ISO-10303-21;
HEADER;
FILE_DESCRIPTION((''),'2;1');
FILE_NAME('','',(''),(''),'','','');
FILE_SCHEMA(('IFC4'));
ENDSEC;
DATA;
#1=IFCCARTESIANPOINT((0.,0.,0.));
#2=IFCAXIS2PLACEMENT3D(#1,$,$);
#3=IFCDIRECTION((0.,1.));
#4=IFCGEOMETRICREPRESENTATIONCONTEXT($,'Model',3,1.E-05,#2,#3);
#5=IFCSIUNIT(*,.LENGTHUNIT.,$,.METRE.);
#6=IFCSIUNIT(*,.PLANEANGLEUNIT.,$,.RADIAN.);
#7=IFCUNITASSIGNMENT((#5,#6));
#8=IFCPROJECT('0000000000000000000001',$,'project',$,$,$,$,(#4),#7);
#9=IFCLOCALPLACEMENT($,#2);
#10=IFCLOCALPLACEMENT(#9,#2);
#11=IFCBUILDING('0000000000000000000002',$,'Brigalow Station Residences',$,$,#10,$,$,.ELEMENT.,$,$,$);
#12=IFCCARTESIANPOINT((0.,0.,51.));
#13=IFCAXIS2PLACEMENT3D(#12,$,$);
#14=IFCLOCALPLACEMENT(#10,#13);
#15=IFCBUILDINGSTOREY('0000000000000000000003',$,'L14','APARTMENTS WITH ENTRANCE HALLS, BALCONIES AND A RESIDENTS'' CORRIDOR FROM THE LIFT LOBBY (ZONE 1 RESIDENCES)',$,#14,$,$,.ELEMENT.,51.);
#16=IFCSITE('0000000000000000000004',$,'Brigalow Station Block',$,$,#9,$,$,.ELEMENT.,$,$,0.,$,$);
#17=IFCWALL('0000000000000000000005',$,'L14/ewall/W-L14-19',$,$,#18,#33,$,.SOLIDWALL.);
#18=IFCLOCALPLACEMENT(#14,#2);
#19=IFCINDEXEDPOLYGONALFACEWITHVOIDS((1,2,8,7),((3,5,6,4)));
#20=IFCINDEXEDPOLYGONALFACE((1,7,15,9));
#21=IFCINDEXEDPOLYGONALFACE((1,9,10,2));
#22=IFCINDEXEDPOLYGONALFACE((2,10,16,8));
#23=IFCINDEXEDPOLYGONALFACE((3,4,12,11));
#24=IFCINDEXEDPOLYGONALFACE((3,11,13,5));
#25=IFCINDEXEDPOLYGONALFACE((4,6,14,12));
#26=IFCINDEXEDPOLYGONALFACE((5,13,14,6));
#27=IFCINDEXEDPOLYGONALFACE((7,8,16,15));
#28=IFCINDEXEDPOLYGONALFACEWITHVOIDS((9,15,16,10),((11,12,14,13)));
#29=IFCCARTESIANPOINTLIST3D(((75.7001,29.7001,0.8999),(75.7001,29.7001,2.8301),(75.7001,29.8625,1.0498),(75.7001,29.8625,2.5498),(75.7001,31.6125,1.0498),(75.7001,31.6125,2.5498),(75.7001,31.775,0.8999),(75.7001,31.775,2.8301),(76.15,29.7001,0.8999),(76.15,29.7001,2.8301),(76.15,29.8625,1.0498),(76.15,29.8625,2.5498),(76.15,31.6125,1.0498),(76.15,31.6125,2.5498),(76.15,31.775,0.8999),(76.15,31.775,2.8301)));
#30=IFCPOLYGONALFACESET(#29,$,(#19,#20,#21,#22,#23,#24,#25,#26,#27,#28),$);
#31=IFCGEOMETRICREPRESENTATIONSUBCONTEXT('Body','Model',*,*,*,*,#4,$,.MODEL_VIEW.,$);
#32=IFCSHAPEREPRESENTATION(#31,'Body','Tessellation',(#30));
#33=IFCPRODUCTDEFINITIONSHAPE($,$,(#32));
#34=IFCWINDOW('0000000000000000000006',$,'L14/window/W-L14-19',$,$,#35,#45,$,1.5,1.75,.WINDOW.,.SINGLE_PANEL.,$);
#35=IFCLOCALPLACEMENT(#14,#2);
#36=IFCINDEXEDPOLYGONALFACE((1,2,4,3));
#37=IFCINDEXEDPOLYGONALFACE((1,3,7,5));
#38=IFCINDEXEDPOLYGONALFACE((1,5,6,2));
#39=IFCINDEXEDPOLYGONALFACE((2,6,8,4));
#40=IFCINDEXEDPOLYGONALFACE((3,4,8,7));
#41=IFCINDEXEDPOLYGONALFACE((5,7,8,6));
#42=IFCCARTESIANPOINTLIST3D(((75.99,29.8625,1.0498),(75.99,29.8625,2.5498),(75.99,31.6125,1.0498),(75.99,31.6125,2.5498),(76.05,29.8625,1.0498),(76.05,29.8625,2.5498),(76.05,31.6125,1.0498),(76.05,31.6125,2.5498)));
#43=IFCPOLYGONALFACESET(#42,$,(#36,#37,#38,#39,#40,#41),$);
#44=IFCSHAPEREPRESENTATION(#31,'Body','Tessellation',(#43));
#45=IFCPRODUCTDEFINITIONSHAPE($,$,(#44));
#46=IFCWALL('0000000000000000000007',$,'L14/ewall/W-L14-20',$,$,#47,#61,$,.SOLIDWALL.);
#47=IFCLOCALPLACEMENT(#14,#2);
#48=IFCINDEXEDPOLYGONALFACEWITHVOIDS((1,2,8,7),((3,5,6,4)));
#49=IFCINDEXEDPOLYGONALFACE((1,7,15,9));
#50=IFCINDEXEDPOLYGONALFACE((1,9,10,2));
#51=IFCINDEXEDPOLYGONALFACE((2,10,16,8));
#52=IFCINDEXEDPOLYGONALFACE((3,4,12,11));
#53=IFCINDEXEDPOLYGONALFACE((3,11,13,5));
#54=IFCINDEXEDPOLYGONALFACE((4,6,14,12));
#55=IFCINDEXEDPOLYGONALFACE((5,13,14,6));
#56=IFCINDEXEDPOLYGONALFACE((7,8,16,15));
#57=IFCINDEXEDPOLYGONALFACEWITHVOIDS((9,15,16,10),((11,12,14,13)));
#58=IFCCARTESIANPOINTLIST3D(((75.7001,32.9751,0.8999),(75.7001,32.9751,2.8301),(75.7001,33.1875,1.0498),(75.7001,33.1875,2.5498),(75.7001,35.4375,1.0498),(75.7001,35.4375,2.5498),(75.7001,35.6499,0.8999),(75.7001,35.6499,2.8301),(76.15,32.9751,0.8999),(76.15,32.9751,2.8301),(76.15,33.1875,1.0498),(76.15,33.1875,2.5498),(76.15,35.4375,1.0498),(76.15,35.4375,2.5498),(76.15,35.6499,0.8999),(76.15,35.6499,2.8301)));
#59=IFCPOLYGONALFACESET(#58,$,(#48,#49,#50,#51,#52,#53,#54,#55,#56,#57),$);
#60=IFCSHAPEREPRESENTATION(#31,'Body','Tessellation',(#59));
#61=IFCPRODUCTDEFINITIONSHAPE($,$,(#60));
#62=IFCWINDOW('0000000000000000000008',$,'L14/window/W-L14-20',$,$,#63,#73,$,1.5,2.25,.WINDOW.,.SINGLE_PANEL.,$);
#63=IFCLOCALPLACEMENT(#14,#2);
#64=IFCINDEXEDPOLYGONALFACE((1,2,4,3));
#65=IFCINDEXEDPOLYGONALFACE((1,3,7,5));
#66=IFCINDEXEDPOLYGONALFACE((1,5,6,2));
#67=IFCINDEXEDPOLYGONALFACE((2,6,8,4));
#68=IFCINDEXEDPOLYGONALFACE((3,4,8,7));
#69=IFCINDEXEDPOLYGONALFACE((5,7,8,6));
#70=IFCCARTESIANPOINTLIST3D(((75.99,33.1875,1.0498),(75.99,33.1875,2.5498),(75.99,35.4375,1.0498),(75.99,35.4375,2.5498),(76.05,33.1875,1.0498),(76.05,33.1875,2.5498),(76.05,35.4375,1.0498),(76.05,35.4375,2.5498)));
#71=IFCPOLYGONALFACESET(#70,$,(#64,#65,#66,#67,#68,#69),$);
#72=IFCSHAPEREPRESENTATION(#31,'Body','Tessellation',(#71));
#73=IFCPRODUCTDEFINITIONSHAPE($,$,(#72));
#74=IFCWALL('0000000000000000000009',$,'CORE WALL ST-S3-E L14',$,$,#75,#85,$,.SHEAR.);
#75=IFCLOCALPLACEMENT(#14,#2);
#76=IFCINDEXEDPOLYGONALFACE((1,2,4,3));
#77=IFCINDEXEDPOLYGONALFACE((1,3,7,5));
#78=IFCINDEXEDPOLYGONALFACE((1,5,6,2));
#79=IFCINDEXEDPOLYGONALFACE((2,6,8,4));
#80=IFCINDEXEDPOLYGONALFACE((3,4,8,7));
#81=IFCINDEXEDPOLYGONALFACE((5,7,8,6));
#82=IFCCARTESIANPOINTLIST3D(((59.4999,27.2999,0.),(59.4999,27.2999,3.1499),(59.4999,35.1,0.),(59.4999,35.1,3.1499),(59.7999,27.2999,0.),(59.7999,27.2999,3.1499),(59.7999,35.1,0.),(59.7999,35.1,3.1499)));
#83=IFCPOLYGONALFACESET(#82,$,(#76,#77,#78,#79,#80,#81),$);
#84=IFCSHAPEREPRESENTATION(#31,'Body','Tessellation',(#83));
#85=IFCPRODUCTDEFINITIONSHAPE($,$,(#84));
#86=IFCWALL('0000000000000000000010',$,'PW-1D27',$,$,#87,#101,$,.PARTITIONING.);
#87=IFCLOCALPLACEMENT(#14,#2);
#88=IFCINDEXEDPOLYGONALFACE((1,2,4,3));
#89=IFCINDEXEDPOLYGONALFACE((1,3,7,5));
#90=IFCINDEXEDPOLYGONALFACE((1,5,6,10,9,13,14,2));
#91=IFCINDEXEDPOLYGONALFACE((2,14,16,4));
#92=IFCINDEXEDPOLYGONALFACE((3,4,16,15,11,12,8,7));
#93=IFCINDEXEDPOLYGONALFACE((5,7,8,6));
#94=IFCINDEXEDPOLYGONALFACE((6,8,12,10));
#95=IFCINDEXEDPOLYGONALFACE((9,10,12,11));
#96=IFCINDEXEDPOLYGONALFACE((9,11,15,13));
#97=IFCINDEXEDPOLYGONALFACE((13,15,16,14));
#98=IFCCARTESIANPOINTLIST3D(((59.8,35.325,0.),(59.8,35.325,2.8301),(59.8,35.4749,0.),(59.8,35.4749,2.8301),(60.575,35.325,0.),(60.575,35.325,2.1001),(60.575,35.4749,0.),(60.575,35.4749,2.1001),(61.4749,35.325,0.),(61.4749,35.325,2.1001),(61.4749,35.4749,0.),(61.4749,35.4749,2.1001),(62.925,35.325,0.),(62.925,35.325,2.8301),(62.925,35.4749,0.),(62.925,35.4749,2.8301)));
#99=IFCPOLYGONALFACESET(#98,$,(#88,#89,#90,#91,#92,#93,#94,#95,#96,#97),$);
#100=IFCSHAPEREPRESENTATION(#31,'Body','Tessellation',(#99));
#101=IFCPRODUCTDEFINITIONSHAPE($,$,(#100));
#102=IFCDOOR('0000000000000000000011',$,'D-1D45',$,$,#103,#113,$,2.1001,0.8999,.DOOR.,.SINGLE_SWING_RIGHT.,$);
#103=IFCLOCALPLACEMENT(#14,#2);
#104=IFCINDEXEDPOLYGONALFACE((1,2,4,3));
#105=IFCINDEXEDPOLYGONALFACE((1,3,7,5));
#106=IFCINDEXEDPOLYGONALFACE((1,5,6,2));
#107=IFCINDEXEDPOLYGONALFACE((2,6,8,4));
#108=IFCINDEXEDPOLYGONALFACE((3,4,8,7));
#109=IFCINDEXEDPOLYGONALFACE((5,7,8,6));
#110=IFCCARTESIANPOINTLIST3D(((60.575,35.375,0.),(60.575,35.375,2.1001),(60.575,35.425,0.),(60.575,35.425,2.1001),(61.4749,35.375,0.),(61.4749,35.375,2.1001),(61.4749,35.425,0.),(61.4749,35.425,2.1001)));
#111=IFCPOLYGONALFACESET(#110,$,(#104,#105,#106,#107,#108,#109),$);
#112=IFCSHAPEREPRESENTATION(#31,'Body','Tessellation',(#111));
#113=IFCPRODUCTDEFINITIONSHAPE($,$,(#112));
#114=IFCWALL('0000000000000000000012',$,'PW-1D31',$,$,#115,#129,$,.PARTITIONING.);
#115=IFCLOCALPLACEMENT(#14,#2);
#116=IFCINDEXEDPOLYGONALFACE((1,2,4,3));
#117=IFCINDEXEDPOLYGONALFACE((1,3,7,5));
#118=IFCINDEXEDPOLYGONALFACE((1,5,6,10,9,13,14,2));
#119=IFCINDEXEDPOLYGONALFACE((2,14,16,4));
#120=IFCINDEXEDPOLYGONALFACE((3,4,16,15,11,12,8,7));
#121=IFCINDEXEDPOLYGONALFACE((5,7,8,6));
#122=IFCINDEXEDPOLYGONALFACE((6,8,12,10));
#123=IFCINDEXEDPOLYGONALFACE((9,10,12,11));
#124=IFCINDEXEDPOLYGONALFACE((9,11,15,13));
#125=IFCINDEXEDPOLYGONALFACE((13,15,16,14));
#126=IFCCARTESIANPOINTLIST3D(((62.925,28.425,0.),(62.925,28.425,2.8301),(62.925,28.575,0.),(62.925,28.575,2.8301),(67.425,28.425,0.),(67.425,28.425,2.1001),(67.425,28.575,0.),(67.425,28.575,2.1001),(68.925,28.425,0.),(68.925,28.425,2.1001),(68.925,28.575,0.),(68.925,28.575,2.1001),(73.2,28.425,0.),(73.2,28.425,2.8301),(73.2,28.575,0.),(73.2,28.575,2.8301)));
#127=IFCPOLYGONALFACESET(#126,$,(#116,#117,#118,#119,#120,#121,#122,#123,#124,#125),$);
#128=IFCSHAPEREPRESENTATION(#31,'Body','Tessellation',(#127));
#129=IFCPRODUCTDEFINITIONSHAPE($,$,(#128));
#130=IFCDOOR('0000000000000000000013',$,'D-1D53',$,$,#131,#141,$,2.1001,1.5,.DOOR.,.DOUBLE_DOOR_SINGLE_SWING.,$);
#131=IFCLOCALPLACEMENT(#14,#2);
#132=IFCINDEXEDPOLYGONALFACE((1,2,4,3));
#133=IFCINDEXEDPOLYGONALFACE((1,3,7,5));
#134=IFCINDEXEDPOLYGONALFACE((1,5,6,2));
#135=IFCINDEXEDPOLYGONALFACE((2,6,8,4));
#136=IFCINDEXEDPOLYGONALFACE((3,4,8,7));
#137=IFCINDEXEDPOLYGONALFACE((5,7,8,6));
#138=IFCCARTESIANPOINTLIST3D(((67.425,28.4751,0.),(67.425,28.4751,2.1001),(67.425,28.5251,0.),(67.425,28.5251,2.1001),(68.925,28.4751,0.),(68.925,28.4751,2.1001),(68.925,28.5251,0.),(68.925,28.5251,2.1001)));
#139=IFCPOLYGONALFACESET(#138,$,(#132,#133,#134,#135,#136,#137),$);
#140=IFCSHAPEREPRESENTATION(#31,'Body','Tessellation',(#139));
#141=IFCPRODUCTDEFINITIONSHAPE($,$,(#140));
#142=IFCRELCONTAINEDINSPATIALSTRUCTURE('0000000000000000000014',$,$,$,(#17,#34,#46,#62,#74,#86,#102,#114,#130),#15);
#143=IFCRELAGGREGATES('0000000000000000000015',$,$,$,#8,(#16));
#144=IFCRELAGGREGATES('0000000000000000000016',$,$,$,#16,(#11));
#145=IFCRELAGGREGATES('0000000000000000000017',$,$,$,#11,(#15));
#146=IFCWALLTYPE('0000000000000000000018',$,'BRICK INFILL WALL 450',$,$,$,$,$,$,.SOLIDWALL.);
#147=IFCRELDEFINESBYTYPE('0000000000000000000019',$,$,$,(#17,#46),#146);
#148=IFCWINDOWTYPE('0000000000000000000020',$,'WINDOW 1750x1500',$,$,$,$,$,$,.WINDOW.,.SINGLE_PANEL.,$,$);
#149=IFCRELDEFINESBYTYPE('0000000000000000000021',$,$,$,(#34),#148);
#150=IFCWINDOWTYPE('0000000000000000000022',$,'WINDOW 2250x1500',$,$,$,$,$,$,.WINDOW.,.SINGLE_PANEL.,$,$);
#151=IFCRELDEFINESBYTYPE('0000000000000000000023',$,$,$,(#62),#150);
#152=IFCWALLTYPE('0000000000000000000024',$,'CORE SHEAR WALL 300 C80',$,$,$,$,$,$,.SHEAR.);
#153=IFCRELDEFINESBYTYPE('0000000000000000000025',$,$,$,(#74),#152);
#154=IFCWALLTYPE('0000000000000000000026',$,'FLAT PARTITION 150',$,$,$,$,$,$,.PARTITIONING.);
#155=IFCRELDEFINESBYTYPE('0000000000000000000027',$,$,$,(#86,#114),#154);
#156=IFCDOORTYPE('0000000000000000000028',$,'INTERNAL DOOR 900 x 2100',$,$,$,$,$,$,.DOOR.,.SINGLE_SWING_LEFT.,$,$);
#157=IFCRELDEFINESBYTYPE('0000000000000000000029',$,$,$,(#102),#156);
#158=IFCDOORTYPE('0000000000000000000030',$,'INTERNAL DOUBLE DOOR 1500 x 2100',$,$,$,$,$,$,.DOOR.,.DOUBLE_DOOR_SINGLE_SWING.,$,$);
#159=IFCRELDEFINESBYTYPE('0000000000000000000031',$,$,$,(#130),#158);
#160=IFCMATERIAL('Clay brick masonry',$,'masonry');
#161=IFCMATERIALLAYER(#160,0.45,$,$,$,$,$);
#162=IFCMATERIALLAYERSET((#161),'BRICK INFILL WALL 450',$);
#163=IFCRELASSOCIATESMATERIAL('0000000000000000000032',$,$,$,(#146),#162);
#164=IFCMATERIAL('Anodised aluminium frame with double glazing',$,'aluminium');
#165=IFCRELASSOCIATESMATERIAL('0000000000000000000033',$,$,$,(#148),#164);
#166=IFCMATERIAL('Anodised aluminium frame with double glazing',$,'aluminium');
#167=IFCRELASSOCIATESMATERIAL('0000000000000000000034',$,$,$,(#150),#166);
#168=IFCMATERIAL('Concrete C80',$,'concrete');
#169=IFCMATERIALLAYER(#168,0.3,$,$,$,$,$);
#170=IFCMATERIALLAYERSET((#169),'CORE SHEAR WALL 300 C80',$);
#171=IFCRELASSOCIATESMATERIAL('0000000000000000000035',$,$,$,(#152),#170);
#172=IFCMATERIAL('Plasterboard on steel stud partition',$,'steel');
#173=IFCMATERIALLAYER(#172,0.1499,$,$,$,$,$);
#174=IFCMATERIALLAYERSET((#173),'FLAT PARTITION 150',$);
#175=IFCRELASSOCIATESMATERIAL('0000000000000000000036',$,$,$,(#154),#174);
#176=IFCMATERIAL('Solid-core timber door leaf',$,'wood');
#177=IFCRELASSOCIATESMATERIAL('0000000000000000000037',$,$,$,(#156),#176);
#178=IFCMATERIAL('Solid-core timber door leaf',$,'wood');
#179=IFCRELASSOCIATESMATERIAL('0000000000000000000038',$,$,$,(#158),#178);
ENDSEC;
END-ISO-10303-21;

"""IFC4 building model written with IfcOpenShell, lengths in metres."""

from ifc_helpers import new_model, si_unit, direction, frame, frame_2d, origin, place, context, subcontext, project, spatial, rectangle, extrude, material, layer, layer_set, type_object, element, fill, save


model = new_model("IFC4")

# Units and contexts
model_context = context("Model", 3, precision=1e-05, world=origin(), true_north=direction((0.0, 1.0)))
body_context = subcontext(model_context, "Body", "Model", "MODEL_VIEW")
ifc_project = project(units=[si_unit("LENGTHUNIT", "METRE"), si_unit("PLANEANGLEUNIT", "RADIAN")], contexts=[model_context])

# Site, building, storey
site_placement = place(None, origin())
site = spatial("IfcSite", under=ifc_project, at=site_placement, Name="Brigalow Station Block", CompositionType="ELEMENT", RefElevation=0.0)
building_placement = place(site_placement, origin())
building = spatial("IfcBuilding", under=site, at=building_placement, Name="Brigalow Station Residences", CompositionType="ELEMENT")
storey_placement = place(building_placement, frame((0.0, 0.0, 51.0)))
storey = spatial("IfcBuildingStorey", under=building, at=storey_placement, Name="L14", Description="APARTMENTS WITH ENTRANCE HALLS, BALCONIES AND A RESIDENTS' CORRIDOR FROM THE LIFT LOBBY (ZONE 1 RESIDENCES)", CompositionType="ELEMENT", Elevation=51.0)

# Shared definitions
ifc_material_1 = material(Name="Clay brick masonry", Category="masonry")
ifc_layer_1 = layer(ifc_material_1, 0.45)
ifc_layer_set_1 = layer_set([ifc_layer_1], Name="BRICK INFILL WALL 450")
wall_type_1 = type_object("IfcWallType", Name="BRICK INFILL WALL 450", PredefinedType="SOLIDWALL", material=ifc_layer_set_1)

# Walls, openings, windows
wall_1_placement = place(storey_placement, frame((75.925, 29.7, 0.8999), z_axis=(0.0, 0.0, 1.0), x_axis=(0.0, 1.0, 0.0)))
wall_1 = element("IfcWall", 1, at=wall_1_placement, inside=storey, type_object=wall_type_1, Name="L14/ewall/W-L14-19", PredefinedType="SOLIDWALL", context=body_context, shape_type="SweptSolid", body=[
    extrude(rectangle(XDim=2.075, YDim=0.45, at=frame_2d((1.0376, 0.0))), origin(), (0.0, 0.0, 1.0), 1.9302),
])
opening_1_placement = place(wall_1_placement, frame((0.1626, 0.0, 0.1499)))
opening_1 = element("IfcOpeningElement", 2, at=opening_1_placement, cuts=wall_1, PredefinedType="OPENING", context=body_context, shape_type="SweptSolid", body=[
    extrude(rectangle(XDim=1.75, YDim=1.5, at=frame_2d((0.875, 0.75))), frame((0.0, 0.2349, 0.0), z_axis=(0.0, -1.0, 0.0), x_axis=(1.0, 0.0, 0.0)), (0.0, 0.0, 1.0), 0.47),
])
ifc_material_2 = material(Name="Anodised aluminium frame with double glazing", Category="aluminium")
window_type_1 = type_object("IfcWindowType", Name="WINDOW 1750x1500", PartitioningType="SINGLE_PANEL", PredefinedType="WINDOW", material=ifc_material_2)
window_1_placement = place(opening_1_placement, origin())
window_1 = element("IfcWindow", 3, at=window_1_placement, inside=storey, type_object=window_type_1, Name="L14/window/W-L14-19", OverallHeight=1.5, OverallWidth=1.75, PartitioningType="SINGLE_PANEL", PredefinedType="WINDOW", context=body_context, shape_type="SweptSolid", body=[
    extrude(rectangle(XDim=1.75, YDim=1.5, at=frame_2d((0.875, 0.75))), frame((0.0, -0.0649, 0.0), z_axis=(0.0, -1.0, 0.0), x_axis=(1.0, 0.0, 0.0)), (0.0, 0.0, 1.0), 0.0601),
])
fill(opening_1, window_1)
wall_2_placement = place(storey_placement, frame((75.925, 32.9751, 0.8999), z_axis=(0.0, 0.0, 1.0), x_axis=(0.0, 1.0, 0.0)))
wall_2 = element("IfcWall", 4, at=wall_2_placement, inside=storey, type_object=wall_type_1, Name="L14/ewall/W-L14-20", PredefinedType="SOLIDWALL", context=body_context, shape_type="SweptSolid", body=[
    extrude(rectangle(XDim=2.6748, YDim=0.45, at=frame_2d((1.3374, 0.0))), origin(), (0.0, 0.0, 1.0), 1.9302),
])
opening_2_placement = place(wall_2_placement, frame((0.2124, 0.0, 0.1499)))
opening_2 = element("IfcOpeningElement", 5, at=opening_2_placement, cuts=wall_2, PredefinedType="OPENING", context=body_context, shape_type="SweptSolid", body=[
    extrude(rectangle(XDim=2.25, YDim=1.5, at=frame_2d((1.125, 0.75))), frame((0.0, 0.2349, 0.0), z_axis=(0.0, -1.0, 0.0), x_axis=(1.0, 0.0, 0.0)), (0.0, 0.0, 1.0), 0.47),
])
ifc_material_3 = material(Name="Anodised aluminium frame with double glazing", Category="aluminium")
window_type_2 = type_object("IfcWindowType", Name="WINDOW 2250x1500", PartitioningType="SINGLE_PANEL", PredefinedType="WINDOW", material=ifc_material_3)
window_2_placement = place(opening_2_placement, origin())
window_2 = element("IfcWindow", 6, at=window_2_placement, inside=storey, type_object=window_type_2, Name="L14/window/W-L14-20", OverallHeight=1.5, OverallWidth=2.25, PartitioningType="SINGLE_PANEL", PredefinedType="WINDOW", context=body_context, shape_type="SweptSolid", body=[
    extrude(rectangle(XDim=2.25, YDim=1.5, at=frame_2d((1.125, 0.75))), frame((0.0, -0.0649, 0.0), z_axis=(0.0, -1.0, 0.0), x_axis=(1.0, 0.0, 0.0)), (0.0, 0.0, 1.0), 0.0601),
])
fill(opening_2, window_2)

# Wall
ifc_material_4 = material(Name="Concrete C80", Category="concrete")
ifc_layer_2 = layer(ifc_material_4, 0.3)
ifc_layer_set_2 = layer_set([ifc_layer_2], Name="CORE SHEAR WALL 300 C80")
wall_type_2 = type_object("IfcWallType", Name="CORE SHEAR WALL 300 C80", PredefinedType="SHEAR", material=ifc_layer_set_2)
wall_3_placement = place(storey_placement, frame((59.6499, 27.3, 0.0), z_axis=(0.0, 0.0, 1.0), x_axis=(0.0, 1.0, 0.0)))
element("IfcWall", 7, at=wall_3_placement, inside=storey, type_object=wall_type_2, Name="CORE WALL ST-S3-E L14", PredefinedType="SHEAR", context=body_context, shape_type="SweptSolid", body=[
    extrude(rectangle(XDim=7.8, YDim=0.3, at=frame_2d((3.8999, 0.0))), origin(), (0.0, 0.0, 1.0), 3.1499),
])

# Walls, openings, doors
ifc_material_5 = material(Name="Plasterboard on steel stud partition", Category="steel")
ifc_layer_3 = layer(ifc_material_5, 0.1499)
ifc_layer_set_3 = layer_set([ifc_layer_3], Name="FLAT PARTITION 150")
wall_type_3 = type_object("IfcWallType", Name="FLAT PARTITION 150", PredefinedType="PARTITIONING", material=ifc_layer_set_3)
wall_4_placement = place(storey_placement, frame((59.8, 35.3999, 0.0), z_axis=(0.0, 0.0, 1.0), x_axis=(1.0, 0.0, 0.0)))
wall_4 = element("IfcWall", 8, at=wall_4_placement, inside=storey, type_object=wall_type_3, Name="PW-1D27", PredefinedType="PARTITIONING", context=body_context, shape_type="SweptSolid", body=[
    extrude(rectangle(XDim=3.125, YDim=0.1499, at=frame_2d((1.5625, 0.0))), origin(), (0.0, 0.0, 1.0), 2.8301),
])
opening_3_placement = place(wall_4_placement, frame((0.7749, 0.0, 0.0)))
opening_3 = element("IfcOpeningElement", 9, at=opening_3_placement, cuts=wall_4, PredefinedType="OPENING", context=body_context, shape_type="SweptSolid", body=[
    extrude(rectangle(XDim=0.8999, YDim=2.1001, at=frame_2d((0.45, 1.05))), frame((0.0, 0.085, 0.0), z_axis=(0.0, -1.0, 0.0), x_axis=(1.0, 0.0, 0.0)), (0.0, 0.0, 1.0), 0.1699),
])
ifc_material_6 = material(Name="Solid-core timber door leaf", Category="wood")
door_type_1 = type_object("IfcDoorType", Name="INTERNAL DOOR 900 x 2100", OperationType="SINGLE_SWING_LEFT", PredefinedType="DOOR", material=ifc_material_6)
door_1_placement = place(opening_3_placement, frame((0.8999, 0.0, 0.0), z_axis=(0.0, 0.0, 1.0), x_axis=(-1.0, 0.0, 0.0)))
door_1 = element("IfcDoor", 10, at=door_1_placement, inside=storey, type_object=door_type_1, Name="D-1D45", OperationType="SINGLE_SWING_RIGHT", OverallHeight=2.1001, OverallWidth=0.8999, PredefinedType="DOOR", context=body_context, shape_type="SweptSolid", body=[
    extrude(rectangle(XDim=0.8999, YDim=2.1001, at=frame_2d((0.45, 1.05))), frame((0.0, 0.0249, 0.0), z_axis=(0.0, -1.0, 0.0), x_axis=(1.0, 0.0, 0.0)), (0.0, 0.0, 1.0), 0.05),
])
fill(opening_3, door_1)
wall_5_placement = place(storey_placement, frame((62.925, 28.5, 0.0), z_axis=(0.0, 0.0, 1.0), x_axis=(1.0, 0.0, 0.0)))
wall_5 = element("IfcWall", 11, at=wall_5_placement, inside=storey, type_object=wall_type_3, Name="PW-1D31", PredefinedType="PARTITIONING", context=body_context, shape_type="SweptSolid", body=[
    extrude(rectangle(XDim=10.2749, YDim=0.1499, at=frame_2d((5.1375, 0.0))), origin(), (0.0, 0.0, 1.0), 2.8301),
])
opening_4_placement = place(wall_5_placement, frame((4.5, 0.0, 0.0)))
opening_4 = element("IfcOpeningElement", 12, at=opening_4_placement, cuts=wall_5, PredefinedType="OPENING", context=body_context, shape_type="SweptSolid", body=[
    extrude(rectangle(XDim=1.5, YDim=2.1001, at=frame_2d((0.75, 1.05))), frame((0.0, 0.085, 0.0), z_axis=(0.0, -1.0, 0.0), x_axis=(1.0, 0.0, 0.0)), (0.0, 0.0, 1.0), 0.1699),
])
ifc_material_7 = material(Name="Solid-core timber door leaf", Category="wood")
door_type_2 = type_object("IfcDoorType", Name="INTERNAL DOUBLE DOOR 1500 x 2100", OperationType="DOUBLE_DOOR_SINGLE_SWING", PredefinedType="DOOR", material=ifc_material_7)
door_2_placement = place(opening_4_placement, frame((1.5, 0.0, 0.0), z_axis=(0.0, 0.0, 1.0), x_axis=(-1.0, 0.0, 0.0)))
door_2 = element("IfcDoor", 13, at=door_2_placement, inside=storey, type_object=door_type_2, Name="D-1D53", OperationType="DOUBLE_DOOR_SINGLE_SWING", OverallHeight=2.1001, OverallWidth=1.5, PredefinedType="DOOR", context=body_context, shape_type="SweptSolid", body=[
    extrude(rectangle(XDim=1.5, YDim=2.1001, at=frame_2d((0.75, 1.05))), frame((0.0, 0.0249, 0.0), z_axis=(0.0, -1.0, 0.0), x_axis=(1.0, 0.0, 0.0)), (0.0, 0.0, 1.0), 0.05),
])
fill(opening_4, door_2)

save(model, "model.ifc")
